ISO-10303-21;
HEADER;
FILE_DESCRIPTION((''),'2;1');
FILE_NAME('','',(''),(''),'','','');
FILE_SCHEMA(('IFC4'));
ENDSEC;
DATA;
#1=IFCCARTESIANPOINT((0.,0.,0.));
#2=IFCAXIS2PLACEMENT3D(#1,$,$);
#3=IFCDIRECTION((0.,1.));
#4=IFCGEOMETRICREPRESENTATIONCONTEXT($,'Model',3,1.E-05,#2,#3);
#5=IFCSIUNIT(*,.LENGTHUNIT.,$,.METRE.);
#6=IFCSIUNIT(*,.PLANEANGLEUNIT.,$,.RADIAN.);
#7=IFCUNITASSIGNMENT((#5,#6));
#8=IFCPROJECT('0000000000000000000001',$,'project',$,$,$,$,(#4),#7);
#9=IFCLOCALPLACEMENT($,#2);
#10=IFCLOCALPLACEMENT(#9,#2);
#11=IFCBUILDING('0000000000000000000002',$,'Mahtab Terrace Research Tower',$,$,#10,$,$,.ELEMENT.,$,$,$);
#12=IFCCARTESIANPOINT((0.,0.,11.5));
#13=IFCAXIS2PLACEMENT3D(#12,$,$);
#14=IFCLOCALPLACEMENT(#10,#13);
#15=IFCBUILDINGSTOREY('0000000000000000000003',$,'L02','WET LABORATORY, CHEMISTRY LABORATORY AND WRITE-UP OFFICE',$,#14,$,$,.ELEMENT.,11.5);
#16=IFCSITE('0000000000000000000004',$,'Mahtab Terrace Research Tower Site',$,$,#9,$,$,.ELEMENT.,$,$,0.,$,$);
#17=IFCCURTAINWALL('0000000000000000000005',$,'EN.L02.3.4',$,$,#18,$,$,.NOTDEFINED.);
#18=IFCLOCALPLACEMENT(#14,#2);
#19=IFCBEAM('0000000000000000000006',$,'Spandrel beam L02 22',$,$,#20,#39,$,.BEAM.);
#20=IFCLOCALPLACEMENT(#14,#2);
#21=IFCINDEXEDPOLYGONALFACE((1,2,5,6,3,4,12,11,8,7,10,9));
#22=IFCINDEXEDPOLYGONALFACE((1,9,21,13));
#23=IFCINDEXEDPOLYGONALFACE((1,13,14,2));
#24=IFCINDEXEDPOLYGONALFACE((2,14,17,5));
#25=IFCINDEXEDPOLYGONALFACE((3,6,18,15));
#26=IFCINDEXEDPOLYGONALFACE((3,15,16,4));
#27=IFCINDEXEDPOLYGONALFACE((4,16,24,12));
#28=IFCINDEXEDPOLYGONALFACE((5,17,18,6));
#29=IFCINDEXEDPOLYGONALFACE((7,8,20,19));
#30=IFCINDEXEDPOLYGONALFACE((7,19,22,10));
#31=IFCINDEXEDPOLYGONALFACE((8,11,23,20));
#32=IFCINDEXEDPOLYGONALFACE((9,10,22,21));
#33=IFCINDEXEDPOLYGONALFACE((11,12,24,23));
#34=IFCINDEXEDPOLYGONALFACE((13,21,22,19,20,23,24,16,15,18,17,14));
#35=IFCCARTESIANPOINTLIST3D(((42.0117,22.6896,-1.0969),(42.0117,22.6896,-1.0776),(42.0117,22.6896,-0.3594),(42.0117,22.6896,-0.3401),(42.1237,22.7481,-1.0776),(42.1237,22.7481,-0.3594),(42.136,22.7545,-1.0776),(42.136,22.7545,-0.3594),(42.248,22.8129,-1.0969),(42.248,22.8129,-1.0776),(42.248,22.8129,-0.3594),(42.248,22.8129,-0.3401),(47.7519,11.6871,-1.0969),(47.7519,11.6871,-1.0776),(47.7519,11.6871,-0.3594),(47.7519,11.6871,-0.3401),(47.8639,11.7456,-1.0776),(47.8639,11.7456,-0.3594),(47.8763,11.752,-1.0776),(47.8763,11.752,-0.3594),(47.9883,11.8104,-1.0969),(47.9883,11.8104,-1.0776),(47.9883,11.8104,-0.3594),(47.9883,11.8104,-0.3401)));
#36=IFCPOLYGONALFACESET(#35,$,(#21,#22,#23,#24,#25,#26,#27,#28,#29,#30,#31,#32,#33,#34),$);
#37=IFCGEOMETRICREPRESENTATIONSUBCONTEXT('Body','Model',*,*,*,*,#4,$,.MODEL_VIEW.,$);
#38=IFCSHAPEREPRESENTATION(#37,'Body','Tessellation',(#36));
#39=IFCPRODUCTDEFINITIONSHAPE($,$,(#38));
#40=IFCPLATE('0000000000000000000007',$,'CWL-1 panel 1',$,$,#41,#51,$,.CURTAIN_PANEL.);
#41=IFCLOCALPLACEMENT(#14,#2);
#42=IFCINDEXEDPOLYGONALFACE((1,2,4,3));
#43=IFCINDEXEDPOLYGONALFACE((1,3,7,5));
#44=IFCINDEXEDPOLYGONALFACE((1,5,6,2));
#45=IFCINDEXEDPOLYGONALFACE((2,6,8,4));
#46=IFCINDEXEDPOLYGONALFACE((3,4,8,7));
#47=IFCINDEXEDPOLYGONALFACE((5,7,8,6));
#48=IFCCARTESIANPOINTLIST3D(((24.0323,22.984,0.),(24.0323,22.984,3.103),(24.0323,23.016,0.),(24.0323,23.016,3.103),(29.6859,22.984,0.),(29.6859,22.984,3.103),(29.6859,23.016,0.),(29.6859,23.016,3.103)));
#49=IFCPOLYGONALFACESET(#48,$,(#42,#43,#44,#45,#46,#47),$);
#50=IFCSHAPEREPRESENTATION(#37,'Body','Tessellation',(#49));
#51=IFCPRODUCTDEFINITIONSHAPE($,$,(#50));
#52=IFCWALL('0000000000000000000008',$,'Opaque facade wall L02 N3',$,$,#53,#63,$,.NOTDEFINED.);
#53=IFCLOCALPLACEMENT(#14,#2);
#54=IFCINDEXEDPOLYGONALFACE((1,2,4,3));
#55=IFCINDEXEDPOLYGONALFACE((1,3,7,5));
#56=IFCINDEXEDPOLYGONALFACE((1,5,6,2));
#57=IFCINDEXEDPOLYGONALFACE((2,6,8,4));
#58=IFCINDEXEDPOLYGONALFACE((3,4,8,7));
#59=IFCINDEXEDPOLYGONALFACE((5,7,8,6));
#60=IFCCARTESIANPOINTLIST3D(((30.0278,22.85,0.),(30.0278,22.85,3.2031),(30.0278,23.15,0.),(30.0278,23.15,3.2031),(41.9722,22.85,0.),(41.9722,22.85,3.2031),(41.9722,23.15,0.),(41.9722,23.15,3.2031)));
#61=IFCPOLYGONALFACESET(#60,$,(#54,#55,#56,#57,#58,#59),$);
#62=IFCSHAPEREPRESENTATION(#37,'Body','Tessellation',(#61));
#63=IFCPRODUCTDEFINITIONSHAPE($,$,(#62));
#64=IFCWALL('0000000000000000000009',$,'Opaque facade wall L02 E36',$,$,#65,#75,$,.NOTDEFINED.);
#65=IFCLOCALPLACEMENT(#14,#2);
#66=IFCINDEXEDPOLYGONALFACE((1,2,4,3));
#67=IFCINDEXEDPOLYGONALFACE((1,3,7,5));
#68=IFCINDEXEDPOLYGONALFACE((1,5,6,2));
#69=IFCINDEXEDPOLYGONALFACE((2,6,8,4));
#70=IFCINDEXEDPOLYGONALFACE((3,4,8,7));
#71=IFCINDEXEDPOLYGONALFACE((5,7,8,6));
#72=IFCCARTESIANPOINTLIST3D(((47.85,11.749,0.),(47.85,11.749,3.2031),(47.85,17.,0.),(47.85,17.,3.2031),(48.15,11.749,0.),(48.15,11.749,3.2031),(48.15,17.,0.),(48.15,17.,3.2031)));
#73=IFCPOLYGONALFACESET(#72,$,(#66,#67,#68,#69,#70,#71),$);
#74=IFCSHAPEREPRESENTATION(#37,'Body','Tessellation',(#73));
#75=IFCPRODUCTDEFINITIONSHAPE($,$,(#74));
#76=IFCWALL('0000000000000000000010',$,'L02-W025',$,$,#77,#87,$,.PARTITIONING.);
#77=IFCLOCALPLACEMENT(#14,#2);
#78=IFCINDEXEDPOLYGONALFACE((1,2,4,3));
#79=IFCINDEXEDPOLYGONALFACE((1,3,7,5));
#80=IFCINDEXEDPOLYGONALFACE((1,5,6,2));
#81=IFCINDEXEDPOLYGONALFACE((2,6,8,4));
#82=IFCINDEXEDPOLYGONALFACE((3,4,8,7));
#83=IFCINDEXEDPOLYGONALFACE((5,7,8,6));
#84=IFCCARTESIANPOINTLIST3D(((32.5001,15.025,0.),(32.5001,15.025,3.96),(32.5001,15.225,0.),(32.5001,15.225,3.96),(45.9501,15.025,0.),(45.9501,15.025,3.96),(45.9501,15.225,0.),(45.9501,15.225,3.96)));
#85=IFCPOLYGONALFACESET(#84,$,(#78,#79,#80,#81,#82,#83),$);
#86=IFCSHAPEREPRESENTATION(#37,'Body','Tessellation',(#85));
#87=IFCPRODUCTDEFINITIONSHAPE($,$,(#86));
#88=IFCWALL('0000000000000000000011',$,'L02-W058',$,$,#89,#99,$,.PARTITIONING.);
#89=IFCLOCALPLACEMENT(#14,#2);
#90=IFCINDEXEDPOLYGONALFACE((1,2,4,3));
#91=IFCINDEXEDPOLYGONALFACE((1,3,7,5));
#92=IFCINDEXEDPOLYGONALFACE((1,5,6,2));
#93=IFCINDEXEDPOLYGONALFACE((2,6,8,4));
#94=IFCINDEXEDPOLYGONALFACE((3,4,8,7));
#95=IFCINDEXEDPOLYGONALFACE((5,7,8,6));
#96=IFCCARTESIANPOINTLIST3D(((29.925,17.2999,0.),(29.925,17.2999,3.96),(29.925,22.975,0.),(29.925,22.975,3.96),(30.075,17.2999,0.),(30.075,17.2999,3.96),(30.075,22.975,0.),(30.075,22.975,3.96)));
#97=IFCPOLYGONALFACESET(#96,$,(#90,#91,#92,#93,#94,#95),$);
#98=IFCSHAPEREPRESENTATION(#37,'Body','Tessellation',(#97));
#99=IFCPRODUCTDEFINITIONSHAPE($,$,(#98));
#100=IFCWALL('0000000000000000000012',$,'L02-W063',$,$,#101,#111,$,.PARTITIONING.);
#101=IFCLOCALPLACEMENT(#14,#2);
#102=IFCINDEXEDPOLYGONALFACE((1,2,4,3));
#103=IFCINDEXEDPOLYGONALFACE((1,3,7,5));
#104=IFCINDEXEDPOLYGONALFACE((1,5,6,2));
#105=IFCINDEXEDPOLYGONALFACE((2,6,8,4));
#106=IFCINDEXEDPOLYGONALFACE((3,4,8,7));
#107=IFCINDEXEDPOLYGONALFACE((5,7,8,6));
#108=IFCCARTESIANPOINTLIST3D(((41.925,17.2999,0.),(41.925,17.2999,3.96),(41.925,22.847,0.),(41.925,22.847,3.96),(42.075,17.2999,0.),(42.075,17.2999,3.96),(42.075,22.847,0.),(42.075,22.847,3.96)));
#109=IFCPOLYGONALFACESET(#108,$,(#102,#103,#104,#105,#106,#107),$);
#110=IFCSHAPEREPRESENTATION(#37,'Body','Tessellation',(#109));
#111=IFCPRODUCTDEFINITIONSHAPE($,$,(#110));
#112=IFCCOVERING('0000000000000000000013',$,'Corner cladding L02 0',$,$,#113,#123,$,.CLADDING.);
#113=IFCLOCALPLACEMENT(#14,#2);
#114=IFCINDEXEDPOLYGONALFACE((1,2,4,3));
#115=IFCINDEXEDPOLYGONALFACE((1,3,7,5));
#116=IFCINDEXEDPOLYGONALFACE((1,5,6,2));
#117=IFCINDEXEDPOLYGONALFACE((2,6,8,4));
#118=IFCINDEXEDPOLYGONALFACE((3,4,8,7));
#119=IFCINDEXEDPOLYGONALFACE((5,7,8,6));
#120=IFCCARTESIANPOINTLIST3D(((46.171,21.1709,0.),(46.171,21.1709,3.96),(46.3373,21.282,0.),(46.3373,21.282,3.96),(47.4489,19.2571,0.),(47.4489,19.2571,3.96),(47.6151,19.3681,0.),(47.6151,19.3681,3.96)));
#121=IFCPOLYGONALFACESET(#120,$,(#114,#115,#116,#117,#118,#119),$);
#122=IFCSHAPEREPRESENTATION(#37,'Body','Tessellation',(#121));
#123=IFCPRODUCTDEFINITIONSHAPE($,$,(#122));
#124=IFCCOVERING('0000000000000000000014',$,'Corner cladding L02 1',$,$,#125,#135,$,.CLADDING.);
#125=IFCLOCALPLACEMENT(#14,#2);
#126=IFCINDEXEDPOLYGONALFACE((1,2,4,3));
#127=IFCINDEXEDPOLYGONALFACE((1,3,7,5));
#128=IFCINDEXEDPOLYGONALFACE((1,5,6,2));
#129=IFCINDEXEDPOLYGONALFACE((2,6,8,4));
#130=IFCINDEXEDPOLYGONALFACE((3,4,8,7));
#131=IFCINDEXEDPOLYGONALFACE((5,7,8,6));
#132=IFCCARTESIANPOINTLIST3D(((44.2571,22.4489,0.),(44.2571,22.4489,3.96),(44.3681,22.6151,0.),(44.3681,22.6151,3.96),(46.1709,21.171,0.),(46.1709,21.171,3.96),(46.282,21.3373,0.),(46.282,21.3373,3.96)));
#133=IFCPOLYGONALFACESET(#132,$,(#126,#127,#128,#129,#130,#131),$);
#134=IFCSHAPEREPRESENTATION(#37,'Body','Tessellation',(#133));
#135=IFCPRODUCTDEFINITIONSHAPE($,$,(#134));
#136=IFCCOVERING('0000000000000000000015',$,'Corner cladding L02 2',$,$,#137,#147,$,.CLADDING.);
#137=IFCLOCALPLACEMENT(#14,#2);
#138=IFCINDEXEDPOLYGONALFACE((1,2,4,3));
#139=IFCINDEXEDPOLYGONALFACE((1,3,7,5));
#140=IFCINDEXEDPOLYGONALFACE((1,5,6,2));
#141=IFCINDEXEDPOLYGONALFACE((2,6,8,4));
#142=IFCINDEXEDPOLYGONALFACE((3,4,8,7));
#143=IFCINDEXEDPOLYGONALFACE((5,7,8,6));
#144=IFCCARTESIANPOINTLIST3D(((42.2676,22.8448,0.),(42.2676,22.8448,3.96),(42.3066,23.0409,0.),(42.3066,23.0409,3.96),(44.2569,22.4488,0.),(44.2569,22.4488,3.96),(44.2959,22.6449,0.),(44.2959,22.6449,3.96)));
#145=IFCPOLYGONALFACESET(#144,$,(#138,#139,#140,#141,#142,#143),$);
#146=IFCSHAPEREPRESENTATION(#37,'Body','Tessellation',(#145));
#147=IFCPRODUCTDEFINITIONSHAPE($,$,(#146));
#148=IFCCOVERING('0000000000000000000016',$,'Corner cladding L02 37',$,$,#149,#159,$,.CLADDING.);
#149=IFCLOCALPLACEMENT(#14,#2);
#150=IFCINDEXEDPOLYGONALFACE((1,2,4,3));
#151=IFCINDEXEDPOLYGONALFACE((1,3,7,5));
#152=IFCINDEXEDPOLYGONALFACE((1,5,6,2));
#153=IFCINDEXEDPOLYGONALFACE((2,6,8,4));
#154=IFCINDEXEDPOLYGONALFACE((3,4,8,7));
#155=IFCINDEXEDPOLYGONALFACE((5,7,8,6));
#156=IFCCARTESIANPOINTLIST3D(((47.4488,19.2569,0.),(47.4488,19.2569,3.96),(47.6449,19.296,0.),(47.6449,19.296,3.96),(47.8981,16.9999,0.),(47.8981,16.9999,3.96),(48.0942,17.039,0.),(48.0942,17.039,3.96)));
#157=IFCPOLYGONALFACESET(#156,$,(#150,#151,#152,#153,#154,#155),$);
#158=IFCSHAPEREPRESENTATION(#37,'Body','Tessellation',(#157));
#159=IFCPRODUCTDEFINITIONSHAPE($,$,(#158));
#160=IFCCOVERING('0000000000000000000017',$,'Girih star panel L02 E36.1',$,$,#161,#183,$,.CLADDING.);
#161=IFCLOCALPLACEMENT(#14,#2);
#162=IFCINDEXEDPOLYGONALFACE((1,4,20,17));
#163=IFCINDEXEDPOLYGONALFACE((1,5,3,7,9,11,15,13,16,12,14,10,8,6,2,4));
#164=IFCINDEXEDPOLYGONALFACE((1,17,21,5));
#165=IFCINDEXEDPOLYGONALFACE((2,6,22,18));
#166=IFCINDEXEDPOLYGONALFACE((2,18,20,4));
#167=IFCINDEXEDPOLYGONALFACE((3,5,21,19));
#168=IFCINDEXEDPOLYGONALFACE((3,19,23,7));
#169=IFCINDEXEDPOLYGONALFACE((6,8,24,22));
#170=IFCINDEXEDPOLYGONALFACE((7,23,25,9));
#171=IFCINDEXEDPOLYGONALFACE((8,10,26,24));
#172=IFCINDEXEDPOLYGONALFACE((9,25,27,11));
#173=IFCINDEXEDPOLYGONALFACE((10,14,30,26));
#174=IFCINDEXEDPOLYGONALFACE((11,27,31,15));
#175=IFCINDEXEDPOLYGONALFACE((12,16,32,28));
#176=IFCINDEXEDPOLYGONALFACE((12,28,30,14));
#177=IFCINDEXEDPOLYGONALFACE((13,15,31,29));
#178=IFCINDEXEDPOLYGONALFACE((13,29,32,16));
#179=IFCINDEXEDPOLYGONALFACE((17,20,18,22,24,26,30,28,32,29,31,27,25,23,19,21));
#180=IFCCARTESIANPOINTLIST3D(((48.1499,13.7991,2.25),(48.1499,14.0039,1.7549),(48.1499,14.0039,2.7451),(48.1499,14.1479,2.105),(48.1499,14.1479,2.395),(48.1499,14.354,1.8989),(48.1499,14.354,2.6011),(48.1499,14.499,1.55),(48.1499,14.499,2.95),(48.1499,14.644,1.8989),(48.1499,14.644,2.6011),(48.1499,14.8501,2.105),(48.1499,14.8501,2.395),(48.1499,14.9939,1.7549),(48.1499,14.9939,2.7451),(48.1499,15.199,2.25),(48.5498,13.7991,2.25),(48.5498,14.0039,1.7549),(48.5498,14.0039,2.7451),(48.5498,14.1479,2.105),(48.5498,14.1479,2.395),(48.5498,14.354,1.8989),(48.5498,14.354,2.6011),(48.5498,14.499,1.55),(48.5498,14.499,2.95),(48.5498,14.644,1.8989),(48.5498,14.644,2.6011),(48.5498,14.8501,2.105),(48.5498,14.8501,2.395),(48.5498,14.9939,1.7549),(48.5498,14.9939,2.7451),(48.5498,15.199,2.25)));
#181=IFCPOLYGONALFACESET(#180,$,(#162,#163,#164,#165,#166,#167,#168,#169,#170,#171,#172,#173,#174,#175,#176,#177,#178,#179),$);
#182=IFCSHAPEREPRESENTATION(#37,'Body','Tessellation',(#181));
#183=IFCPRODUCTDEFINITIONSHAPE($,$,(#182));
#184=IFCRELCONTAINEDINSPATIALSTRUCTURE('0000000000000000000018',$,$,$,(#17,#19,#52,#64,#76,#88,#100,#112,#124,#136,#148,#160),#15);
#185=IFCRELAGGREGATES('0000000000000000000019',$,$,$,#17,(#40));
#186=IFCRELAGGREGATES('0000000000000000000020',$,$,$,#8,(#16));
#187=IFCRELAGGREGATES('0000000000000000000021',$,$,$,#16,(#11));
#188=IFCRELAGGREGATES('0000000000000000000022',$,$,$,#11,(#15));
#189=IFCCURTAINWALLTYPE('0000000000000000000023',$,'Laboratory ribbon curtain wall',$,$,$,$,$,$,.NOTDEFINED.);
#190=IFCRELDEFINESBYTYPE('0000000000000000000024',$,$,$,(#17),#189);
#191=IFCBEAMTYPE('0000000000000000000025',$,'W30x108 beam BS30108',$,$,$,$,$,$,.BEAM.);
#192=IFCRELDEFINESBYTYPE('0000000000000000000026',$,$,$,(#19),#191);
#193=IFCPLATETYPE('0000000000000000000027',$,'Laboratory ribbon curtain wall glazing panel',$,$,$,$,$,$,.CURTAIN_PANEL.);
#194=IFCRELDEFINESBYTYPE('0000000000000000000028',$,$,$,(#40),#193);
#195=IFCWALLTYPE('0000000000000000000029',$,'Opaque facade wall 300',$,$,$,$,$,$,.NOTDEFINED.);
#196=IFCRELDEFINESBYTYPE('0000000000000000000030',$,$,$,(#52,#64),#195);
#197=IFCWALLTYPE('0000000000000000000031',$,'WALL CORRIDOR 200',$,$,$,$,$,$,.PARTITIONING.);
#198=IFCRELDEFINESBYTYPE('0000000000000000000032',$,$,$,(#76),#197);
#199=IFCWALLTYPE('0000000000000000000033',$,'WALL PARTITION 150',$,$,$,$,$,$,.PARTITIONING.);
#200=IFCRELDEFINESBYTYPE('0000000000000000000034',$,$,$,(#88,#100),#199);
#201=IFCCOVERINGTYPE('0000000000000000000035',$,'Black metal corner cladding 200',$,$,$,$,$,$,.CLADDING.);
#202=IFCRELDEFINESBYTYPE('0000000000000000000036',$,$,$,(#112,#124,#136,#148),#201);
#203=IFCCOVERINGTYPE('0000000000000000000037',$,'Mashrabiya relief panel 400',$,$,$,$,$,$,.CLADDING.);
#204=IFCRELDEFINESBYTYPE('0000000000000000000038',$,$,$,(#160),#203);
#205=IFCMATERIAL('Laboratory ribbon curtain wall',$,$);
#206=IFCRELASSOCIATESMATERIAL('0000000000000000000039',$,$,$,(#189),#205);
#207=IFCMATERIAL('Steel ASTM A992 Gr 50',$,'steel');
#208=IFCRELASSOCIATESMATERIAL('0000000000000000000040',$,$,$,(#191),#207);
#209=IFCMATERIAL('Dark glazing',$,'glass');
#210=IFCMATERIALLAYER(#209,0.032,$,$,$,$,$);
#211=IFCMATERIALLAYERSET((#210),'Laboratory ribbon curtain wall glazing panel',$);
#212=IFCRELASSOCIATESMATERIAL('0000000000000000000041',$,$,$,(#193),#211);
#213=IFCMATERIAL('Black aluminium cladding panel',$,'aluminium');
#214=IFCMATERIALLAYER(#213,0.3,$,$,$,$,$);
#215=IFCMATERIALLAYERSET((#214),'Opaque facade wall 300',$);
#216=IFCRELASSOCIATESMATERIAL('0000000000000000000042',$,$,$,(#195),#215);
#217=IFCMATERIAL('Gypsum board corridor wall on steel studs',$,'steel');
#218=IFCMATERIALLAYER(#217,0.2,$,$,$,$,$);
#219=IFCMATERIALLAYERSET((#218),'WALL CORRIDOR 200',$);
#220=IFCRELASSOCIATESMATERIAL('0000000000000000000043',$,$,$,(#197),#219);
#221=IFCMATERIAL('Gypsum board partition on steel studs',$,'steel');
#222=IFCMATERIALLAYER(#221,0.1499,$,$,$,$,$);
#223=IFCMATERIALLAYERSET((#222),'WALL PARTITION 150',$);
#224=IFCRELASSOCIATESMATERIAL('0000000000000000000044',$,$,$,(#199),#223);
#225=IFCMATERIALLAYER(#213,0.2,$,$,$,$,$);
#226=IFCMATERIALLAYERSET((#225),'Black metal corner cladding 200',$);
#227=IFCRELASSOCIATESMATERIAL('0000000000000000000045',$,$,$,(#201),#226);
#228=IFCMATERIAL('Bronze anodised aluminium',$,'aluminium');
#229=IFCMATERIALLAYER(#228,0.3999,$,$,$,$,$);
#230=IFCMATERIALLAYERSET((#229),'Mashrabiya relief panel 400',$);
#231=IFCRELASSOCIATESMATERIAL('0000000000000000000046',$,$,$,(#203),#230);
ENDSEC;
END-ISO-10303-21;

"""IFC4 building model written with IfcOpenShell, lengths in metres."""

from ifc_helpers import new_model, si_unit, direction, frame, frame_2d, origin, origin_2d, place, context, subcontext, project, spatial, polyline, rectangle, i_section, outline, extrude, material, layer, layer_set, material_profile, profile_set, type_object, element, aggregate, save


model = new_model("IFC4")

# Units and contexts
model_context = context("Model", 3, precision=1e-05, world=origin(), true_north=direction((0.0, 1.0)))
body_context = subcontext(model_context, "Body", "Model", "MODEL_VIEW")
ifc_project = project(units=[si_unit("LENGTHUNIT", "METRE"), si_unit("PLANEANGLEUNIT", "RADIAN")], contexts=[model_context])

# Site, building, storey
site_placement = place(None, origin())
site = spatial("IfcSite", under=ifc_project, at=site_placement, Name="Mahtab Terrace Research Tower Site", CompositionType="ELEMENT", RefElevation=0.0)
building_placement = place(site_placement, origin())
building = spatial("IfcBuilding", under=site, at=building_placement, Name="Mahtab Terrace Research Tower", CompositionType="ELEMENT")
storey_placement = place(building_placement, frame((0.0, 0.0, 11.5)))
storey = spatial("IfcBuildingStorey", under=building, at=storey_placement, Name="L02", Description="WET LABORATORY, CHEMISTRY LABORATORY AND WRITE-UP OFFICE", CompositionType="ELEMENT", Elevation=11.5)

# Shared definitions
ifc_material_1 = material(Name="Steel ASTM A992 Gr 50", Category="steel")

# Curtain wall
ifc_material_2 = material(Name="Laboratory ribbon curtain wall")
curtain_wall_type = type_object("IfcCurtainWallType", Name="Laboratory ribbon curtain wall", PredefinedType="NOTDEFINED", material=ifc_material_2)
curtain_wall_placement = place(storey_placement, origin())
curtain_wall = element("IfcCurtainWall", 1, at=curtain_wall_placement, inside=storey, type_object=curtain_wall_type, Name="EN.L02.3.4", PredefinedType="NOTDEFINED")

# Beam
ifc_material_profile_1 = material_profile(ifc_material_1, i_section(OverallWidth=0.2666, OverallDepth=0.7568, WebThickness=0.0139, FlangeThickness=0.0193, at=origin_2d()), Name="W30X108")
ifc_profile_set_1 = profile_set([ifc_material_profile_1], Name="Steel ASTM A992 Gr 50")
beam_type = type_object("IfcBeamType", Name="W30x108 beam BS30108", PredefinedType="BEAM", material=ifc_profile_set_1)
beam_placement = place(storey_placement, frame((47.8701, 11.7488, -0.7185), z_axis=(-0.462555, 0.88659, 0.0), x_axis=(-0.88659, -0.462555, 0.0)))
element("IfcBeam", 2, at=beam_placement, inside=storey, type_object=beam_type, Name="Spandrel beam L02 22", PredefinedType="BEAM", context=body_context, shape_type="SweptSolid", body=[
    extrude(i_section(OverallWidth=0.2666, OverallDepth=0.7568, WebThickness=0.0139, FlangeThickness=0.0193, at=origin_2d()), origin(), (0.0, 0.0, 1.0), 12.4099),
])

# Plate
ifc_material_3 = material(Name="Dark glazing", Category="glass")
ifc_layer_1 = layer(ifc_material_3, 0.032)
ifc_layer_set_1 = layer_set([ifc_layer_1], Name="Laboratory ribbon curtain wall glazing panel")
plate_type = type_object("IfcPlateType", Name="Laboratory ribbon curtain wall glazing panel", PredefinedType="CURTAIN_PANEL", material=ifc_layer_set_1)
plate_placement = place(storey_placement, frame((26.8591, 23.0, 0.0), z_axis=(0.0, 0.0, 1.0), x_axis=(-1.0, 0.0, 0.0)))
plate = element("IfcPlate", 3, at=plate_placement, type_object=plate_type, Name="CWL-1 panel 1", PredefinedType="CURTAIN_PANEL", context=body_context, shape_type="SweptSolid", body=[
    extrude(rectangle(XDim=5.6536, YDim=0.032, at=origin_2d()), origin(), (0.0, 0.0, 1.0), 3.103),
])
aggregate(curtain_wall, [plate])

# Walls
ifc_material_4 = material(Name="Black aluminium cladding panel", Category="aluminium")
ifc_layer_2 = layer(ifc_material_4, 0.3)
ifc_layer_set_2 = layer_set([ifc_layer_2], Name="Opaque facade wall 300")
wall_type_1 = type_object("IfcWallType", Name="Opaque facade wall 300", PredefinedType="NOTDEFINED", material=ifc_layer_set_2)
wall_1_placement = place(storey_placement, frame((41.9722, 23.0, 0.0), z_axis=(0.0, 0.0, 1.0), x_axis=(-1.0, 0.0, 0.0)))
element("IfcWall", 4, at=wall_1_placement, inside=storey, type_object=wall_type_1, Name="Opaque facade wall L02 N3", PredefinedType="NOTDEFINED", context=body_context, shape_type="SweptSolid", body=[
    extrude(rectangle(XDim=11.9443, YDim=0.3, at=frame_2d((5.9722, 0.0))), origin(), (0.0, 0.0, 1.0), 3.2031),
])
wall_2_placement = place(storey_placement, frame((48.0, 11.749, 0.0), z_axis=(0.0, 0.0, 1.0), x_axis=(0.0, 1.0, 0.0)))
element("IfcWall", 5, at=wall_2_placement, inside=storey, type_object=wall_type_1, Name="Opaque facade wall L02 E36", PredefinedType="NOTDEFINED", context=body_context, shape_type="SweptSolid", body=[
    extrude(rectangle(XDim=5.251, YDim=0.3, at=frame_2d((2.6255, 0.0))), origin(), (0.0, 0.0, 1.0), 3.2031),
])
ifc_material_5 = material(Name="Gypsum board corridor wall on steel studs", Category="steel")
ifc_layer_3 = layer(ifc_material_5, 0.2)
ifc_layer_set_3 = layer_set([ifc_layer_3], Name="WALL CORRIDOR 200")
wall_type_2 = type_object("IfcWallType", Name="WALL CORRIDOR 200", PredefinedType="PARTITIONING", material=ifc_layer_set_3)
wall_3_placement = place(storey_placement, frame((32.5, 15.125, 0.0), z_axis=(0.0, 0.0, 1.0), x_axis=(1.0, 0.0, 0.0)))
element("IfcWall", 6, at=wall_3_placement, inside=storey, type_object=wall_type_2, Name="L02-W025", PredefinedType="PARTITIONING", context=body_context, shape_type="SweptSolid", body=[
    extrude(rectangle(XDim=13.45, YDim=0.2, at=frame_2d((6.7251, 0.0))), origin(), (0.0, 0.0, 1.0), 3.96),
])
ifc_material_6 = material(Name="Gypsum board partition on steel studs", Category="steel")
ifc_layer_4 = layer(ifc_material_6, 0.1499)
ifc_layer_set_4 = layer_set([ifc_layer_4], Name="WALL PARTITION 150")
wall_type_3 = type_object("IfcWallType", Name="WALL PARTITION 150", PredefinedType="PARTITIONING", material=ifc_layer_set_4)
wall_4_placement = place(storey_placement, frame((30.0, 17.3, 0.0), z_axis=(0.0, 0.0, 1.0), x_axis=(0.0, 1.0, 0.0)))
element("IfcWall", 7, at=wall_4_placement, inside=storey, type_object=wall_type_3, Name="L02-W058", PredefinedType="PARTITIONING", context=body_context, shape_type="SweptSolid", body=[
    extrude(rectangle(XDim=5.675, YDim=0.1499, at=frame_2d((2.8374, 0.0))), origin(), (0.0, 0.0, 1.0), 3.96),
])
wall_5_placement = place(storey_placement, frame((42.0, 17.3, 0.0), z_axis=(0.0, 0.0, 1.0), x_axis=(0.0, 1.0, 0.0)))
element("IfcWall", 8, at=wall_5_placement, inside=storey, type_object=wall_type_3, Name="L02-W063", PredefinedType="PARTITIONING", context=body_context, shape_type="SweptSolid", body=[
    extrude(rectangle(XDim=5.5471, YDim=0.1499, at=frame_2d((2.7734, 0.0))), origin(), (0.0, 0.0, 1.0), 3.96),
])

# Coverings
ifc_layer_5 = layer(ifc_material_4, 0.2)
ifc_layer_set_5 = layer_set([ifc_layer_5], Name="Black metal corner cladding 200")
covering_type_1 = type_object("IfcCoveringType", Name="Black metal corner cladding 200", PredefinedType="CLADDING", material=ifc_layer_set_5)
for number, where, z_axis, x_axis, name in (
    (9, (46.8931, 20.2695, 0.0), (0.0, 0.0, 1.0), (-0.555291, 0.831656, 0.0), "Corner cladding L02 0"),
    (10, (45.2695, 21.8931, 0.0), (0.0, 0.0, 1.0), (-0.831656, 0.555291, 0.0), "Corner cladding L02 1"),
):
    element("IfcCovering", number, at=place(storey_placement, frame(where, z_axis=z_axis, x_axis=x_axis)), inside=storey, type_object=covering_type_1, Name=name, PredefinedType="CLADDING", context=body_context, shape_type="SweptSolid", body=[
        extrude(rectangle(XDim=2.3013, YDim=0.2, at=origin_2d()), origin(), (0.0, 0.0, 1.0), 3.96),
    ])
covering_1_placement = place(storey_placement, frame((43.2817, 22.7449, 0.0), z_axis=(0.0, 0.0, 1.0), x_axis=(-0.980761, 0.195212, 0.0)))
element("IfcCovering", 11, at=covering_1_placement, inside=storey, type_object=covering_type_1, Name="Corner cladding L02 2", PredefinedType="CLADDING", context=body_context, shape_type="SweptSolid", body=[
    extrude(rectangle(XDim=2.0283, YDim=0.2, at=origin_2d()), origin(), (0.0, 0.0, 1.0), 3.96),
])
covering_2_placement = place(storey_placement, frame((47.7715, 18.1479, 0.0), z_axis=(0.0, 0.0, 1.0), x_axis=(-0.195212, 0.980761, 0.0)))
element("IfcCovering", 12, at=covering_2_placement, inside=storey, type_object=covering_type_1, Name="Corner cladding L02 37", PredefinedType="CLADDING", context=body_context, shape_type="SweptSolid", body=[
    extrude(rectangle(XDim=2.3013, YDim=0.2, at=origin_2d()), origin(), (0.0, 0.0, 1.0), 3.96),
])
ifc_material_7 = material(Name="Bronze anodised aluminium", Category="aluminium")
ifc_layer_6 = layer(ifc_material_7, 0.3999)
ifc_layer_set_6 = layer_set([ifc_layer_6], Name="Mashrabiya relief panel 400")
covering_type_2 = type_object("IfcCoveringType", Name="Mashrabiya relief panel 400", PredefinedType="CLADDING", material=ifc_layer_set_6)
covering_3_placement = place(storey_placement, frame((48.1499, 14.644, 2.6011), z_axis=(-1.0, 0.0, 0.0), x_axis=(0.0, 0.924691, 0.380717)))
element("IfcCovering", 13, at=covering_3_placement, inside=storey, type_object=covering_type_2, Name="Girih star panel L02 E36.1", PredefinedType="CLADDING", context=body_context, shape_type="SweptSolid", body=[
    extrude(outline(polyline([(0.0, 0.0), (0.3783, 0.0), (0.1121, 0.269), (0.3795, 0.5359), (0.0017, 0.5372), (0.0013, 0.9157), (-0.2673, 0.6493), (-0.5342, 0.9167), (-0.5355, 0.5388), (-0.9141, 0.5388), (-0.6476, 0.2699), (-0.915, 0.0029), (-0.5372, 0.0017), (-0.5371, -0.3769), (-0.2682, -0.1104), (-0.0013, -0.3778), (0.0, 0.0)])), origin(), (0.0, 0.0, -1.0), 0.3999),
])

save(model, "model.ifc")
